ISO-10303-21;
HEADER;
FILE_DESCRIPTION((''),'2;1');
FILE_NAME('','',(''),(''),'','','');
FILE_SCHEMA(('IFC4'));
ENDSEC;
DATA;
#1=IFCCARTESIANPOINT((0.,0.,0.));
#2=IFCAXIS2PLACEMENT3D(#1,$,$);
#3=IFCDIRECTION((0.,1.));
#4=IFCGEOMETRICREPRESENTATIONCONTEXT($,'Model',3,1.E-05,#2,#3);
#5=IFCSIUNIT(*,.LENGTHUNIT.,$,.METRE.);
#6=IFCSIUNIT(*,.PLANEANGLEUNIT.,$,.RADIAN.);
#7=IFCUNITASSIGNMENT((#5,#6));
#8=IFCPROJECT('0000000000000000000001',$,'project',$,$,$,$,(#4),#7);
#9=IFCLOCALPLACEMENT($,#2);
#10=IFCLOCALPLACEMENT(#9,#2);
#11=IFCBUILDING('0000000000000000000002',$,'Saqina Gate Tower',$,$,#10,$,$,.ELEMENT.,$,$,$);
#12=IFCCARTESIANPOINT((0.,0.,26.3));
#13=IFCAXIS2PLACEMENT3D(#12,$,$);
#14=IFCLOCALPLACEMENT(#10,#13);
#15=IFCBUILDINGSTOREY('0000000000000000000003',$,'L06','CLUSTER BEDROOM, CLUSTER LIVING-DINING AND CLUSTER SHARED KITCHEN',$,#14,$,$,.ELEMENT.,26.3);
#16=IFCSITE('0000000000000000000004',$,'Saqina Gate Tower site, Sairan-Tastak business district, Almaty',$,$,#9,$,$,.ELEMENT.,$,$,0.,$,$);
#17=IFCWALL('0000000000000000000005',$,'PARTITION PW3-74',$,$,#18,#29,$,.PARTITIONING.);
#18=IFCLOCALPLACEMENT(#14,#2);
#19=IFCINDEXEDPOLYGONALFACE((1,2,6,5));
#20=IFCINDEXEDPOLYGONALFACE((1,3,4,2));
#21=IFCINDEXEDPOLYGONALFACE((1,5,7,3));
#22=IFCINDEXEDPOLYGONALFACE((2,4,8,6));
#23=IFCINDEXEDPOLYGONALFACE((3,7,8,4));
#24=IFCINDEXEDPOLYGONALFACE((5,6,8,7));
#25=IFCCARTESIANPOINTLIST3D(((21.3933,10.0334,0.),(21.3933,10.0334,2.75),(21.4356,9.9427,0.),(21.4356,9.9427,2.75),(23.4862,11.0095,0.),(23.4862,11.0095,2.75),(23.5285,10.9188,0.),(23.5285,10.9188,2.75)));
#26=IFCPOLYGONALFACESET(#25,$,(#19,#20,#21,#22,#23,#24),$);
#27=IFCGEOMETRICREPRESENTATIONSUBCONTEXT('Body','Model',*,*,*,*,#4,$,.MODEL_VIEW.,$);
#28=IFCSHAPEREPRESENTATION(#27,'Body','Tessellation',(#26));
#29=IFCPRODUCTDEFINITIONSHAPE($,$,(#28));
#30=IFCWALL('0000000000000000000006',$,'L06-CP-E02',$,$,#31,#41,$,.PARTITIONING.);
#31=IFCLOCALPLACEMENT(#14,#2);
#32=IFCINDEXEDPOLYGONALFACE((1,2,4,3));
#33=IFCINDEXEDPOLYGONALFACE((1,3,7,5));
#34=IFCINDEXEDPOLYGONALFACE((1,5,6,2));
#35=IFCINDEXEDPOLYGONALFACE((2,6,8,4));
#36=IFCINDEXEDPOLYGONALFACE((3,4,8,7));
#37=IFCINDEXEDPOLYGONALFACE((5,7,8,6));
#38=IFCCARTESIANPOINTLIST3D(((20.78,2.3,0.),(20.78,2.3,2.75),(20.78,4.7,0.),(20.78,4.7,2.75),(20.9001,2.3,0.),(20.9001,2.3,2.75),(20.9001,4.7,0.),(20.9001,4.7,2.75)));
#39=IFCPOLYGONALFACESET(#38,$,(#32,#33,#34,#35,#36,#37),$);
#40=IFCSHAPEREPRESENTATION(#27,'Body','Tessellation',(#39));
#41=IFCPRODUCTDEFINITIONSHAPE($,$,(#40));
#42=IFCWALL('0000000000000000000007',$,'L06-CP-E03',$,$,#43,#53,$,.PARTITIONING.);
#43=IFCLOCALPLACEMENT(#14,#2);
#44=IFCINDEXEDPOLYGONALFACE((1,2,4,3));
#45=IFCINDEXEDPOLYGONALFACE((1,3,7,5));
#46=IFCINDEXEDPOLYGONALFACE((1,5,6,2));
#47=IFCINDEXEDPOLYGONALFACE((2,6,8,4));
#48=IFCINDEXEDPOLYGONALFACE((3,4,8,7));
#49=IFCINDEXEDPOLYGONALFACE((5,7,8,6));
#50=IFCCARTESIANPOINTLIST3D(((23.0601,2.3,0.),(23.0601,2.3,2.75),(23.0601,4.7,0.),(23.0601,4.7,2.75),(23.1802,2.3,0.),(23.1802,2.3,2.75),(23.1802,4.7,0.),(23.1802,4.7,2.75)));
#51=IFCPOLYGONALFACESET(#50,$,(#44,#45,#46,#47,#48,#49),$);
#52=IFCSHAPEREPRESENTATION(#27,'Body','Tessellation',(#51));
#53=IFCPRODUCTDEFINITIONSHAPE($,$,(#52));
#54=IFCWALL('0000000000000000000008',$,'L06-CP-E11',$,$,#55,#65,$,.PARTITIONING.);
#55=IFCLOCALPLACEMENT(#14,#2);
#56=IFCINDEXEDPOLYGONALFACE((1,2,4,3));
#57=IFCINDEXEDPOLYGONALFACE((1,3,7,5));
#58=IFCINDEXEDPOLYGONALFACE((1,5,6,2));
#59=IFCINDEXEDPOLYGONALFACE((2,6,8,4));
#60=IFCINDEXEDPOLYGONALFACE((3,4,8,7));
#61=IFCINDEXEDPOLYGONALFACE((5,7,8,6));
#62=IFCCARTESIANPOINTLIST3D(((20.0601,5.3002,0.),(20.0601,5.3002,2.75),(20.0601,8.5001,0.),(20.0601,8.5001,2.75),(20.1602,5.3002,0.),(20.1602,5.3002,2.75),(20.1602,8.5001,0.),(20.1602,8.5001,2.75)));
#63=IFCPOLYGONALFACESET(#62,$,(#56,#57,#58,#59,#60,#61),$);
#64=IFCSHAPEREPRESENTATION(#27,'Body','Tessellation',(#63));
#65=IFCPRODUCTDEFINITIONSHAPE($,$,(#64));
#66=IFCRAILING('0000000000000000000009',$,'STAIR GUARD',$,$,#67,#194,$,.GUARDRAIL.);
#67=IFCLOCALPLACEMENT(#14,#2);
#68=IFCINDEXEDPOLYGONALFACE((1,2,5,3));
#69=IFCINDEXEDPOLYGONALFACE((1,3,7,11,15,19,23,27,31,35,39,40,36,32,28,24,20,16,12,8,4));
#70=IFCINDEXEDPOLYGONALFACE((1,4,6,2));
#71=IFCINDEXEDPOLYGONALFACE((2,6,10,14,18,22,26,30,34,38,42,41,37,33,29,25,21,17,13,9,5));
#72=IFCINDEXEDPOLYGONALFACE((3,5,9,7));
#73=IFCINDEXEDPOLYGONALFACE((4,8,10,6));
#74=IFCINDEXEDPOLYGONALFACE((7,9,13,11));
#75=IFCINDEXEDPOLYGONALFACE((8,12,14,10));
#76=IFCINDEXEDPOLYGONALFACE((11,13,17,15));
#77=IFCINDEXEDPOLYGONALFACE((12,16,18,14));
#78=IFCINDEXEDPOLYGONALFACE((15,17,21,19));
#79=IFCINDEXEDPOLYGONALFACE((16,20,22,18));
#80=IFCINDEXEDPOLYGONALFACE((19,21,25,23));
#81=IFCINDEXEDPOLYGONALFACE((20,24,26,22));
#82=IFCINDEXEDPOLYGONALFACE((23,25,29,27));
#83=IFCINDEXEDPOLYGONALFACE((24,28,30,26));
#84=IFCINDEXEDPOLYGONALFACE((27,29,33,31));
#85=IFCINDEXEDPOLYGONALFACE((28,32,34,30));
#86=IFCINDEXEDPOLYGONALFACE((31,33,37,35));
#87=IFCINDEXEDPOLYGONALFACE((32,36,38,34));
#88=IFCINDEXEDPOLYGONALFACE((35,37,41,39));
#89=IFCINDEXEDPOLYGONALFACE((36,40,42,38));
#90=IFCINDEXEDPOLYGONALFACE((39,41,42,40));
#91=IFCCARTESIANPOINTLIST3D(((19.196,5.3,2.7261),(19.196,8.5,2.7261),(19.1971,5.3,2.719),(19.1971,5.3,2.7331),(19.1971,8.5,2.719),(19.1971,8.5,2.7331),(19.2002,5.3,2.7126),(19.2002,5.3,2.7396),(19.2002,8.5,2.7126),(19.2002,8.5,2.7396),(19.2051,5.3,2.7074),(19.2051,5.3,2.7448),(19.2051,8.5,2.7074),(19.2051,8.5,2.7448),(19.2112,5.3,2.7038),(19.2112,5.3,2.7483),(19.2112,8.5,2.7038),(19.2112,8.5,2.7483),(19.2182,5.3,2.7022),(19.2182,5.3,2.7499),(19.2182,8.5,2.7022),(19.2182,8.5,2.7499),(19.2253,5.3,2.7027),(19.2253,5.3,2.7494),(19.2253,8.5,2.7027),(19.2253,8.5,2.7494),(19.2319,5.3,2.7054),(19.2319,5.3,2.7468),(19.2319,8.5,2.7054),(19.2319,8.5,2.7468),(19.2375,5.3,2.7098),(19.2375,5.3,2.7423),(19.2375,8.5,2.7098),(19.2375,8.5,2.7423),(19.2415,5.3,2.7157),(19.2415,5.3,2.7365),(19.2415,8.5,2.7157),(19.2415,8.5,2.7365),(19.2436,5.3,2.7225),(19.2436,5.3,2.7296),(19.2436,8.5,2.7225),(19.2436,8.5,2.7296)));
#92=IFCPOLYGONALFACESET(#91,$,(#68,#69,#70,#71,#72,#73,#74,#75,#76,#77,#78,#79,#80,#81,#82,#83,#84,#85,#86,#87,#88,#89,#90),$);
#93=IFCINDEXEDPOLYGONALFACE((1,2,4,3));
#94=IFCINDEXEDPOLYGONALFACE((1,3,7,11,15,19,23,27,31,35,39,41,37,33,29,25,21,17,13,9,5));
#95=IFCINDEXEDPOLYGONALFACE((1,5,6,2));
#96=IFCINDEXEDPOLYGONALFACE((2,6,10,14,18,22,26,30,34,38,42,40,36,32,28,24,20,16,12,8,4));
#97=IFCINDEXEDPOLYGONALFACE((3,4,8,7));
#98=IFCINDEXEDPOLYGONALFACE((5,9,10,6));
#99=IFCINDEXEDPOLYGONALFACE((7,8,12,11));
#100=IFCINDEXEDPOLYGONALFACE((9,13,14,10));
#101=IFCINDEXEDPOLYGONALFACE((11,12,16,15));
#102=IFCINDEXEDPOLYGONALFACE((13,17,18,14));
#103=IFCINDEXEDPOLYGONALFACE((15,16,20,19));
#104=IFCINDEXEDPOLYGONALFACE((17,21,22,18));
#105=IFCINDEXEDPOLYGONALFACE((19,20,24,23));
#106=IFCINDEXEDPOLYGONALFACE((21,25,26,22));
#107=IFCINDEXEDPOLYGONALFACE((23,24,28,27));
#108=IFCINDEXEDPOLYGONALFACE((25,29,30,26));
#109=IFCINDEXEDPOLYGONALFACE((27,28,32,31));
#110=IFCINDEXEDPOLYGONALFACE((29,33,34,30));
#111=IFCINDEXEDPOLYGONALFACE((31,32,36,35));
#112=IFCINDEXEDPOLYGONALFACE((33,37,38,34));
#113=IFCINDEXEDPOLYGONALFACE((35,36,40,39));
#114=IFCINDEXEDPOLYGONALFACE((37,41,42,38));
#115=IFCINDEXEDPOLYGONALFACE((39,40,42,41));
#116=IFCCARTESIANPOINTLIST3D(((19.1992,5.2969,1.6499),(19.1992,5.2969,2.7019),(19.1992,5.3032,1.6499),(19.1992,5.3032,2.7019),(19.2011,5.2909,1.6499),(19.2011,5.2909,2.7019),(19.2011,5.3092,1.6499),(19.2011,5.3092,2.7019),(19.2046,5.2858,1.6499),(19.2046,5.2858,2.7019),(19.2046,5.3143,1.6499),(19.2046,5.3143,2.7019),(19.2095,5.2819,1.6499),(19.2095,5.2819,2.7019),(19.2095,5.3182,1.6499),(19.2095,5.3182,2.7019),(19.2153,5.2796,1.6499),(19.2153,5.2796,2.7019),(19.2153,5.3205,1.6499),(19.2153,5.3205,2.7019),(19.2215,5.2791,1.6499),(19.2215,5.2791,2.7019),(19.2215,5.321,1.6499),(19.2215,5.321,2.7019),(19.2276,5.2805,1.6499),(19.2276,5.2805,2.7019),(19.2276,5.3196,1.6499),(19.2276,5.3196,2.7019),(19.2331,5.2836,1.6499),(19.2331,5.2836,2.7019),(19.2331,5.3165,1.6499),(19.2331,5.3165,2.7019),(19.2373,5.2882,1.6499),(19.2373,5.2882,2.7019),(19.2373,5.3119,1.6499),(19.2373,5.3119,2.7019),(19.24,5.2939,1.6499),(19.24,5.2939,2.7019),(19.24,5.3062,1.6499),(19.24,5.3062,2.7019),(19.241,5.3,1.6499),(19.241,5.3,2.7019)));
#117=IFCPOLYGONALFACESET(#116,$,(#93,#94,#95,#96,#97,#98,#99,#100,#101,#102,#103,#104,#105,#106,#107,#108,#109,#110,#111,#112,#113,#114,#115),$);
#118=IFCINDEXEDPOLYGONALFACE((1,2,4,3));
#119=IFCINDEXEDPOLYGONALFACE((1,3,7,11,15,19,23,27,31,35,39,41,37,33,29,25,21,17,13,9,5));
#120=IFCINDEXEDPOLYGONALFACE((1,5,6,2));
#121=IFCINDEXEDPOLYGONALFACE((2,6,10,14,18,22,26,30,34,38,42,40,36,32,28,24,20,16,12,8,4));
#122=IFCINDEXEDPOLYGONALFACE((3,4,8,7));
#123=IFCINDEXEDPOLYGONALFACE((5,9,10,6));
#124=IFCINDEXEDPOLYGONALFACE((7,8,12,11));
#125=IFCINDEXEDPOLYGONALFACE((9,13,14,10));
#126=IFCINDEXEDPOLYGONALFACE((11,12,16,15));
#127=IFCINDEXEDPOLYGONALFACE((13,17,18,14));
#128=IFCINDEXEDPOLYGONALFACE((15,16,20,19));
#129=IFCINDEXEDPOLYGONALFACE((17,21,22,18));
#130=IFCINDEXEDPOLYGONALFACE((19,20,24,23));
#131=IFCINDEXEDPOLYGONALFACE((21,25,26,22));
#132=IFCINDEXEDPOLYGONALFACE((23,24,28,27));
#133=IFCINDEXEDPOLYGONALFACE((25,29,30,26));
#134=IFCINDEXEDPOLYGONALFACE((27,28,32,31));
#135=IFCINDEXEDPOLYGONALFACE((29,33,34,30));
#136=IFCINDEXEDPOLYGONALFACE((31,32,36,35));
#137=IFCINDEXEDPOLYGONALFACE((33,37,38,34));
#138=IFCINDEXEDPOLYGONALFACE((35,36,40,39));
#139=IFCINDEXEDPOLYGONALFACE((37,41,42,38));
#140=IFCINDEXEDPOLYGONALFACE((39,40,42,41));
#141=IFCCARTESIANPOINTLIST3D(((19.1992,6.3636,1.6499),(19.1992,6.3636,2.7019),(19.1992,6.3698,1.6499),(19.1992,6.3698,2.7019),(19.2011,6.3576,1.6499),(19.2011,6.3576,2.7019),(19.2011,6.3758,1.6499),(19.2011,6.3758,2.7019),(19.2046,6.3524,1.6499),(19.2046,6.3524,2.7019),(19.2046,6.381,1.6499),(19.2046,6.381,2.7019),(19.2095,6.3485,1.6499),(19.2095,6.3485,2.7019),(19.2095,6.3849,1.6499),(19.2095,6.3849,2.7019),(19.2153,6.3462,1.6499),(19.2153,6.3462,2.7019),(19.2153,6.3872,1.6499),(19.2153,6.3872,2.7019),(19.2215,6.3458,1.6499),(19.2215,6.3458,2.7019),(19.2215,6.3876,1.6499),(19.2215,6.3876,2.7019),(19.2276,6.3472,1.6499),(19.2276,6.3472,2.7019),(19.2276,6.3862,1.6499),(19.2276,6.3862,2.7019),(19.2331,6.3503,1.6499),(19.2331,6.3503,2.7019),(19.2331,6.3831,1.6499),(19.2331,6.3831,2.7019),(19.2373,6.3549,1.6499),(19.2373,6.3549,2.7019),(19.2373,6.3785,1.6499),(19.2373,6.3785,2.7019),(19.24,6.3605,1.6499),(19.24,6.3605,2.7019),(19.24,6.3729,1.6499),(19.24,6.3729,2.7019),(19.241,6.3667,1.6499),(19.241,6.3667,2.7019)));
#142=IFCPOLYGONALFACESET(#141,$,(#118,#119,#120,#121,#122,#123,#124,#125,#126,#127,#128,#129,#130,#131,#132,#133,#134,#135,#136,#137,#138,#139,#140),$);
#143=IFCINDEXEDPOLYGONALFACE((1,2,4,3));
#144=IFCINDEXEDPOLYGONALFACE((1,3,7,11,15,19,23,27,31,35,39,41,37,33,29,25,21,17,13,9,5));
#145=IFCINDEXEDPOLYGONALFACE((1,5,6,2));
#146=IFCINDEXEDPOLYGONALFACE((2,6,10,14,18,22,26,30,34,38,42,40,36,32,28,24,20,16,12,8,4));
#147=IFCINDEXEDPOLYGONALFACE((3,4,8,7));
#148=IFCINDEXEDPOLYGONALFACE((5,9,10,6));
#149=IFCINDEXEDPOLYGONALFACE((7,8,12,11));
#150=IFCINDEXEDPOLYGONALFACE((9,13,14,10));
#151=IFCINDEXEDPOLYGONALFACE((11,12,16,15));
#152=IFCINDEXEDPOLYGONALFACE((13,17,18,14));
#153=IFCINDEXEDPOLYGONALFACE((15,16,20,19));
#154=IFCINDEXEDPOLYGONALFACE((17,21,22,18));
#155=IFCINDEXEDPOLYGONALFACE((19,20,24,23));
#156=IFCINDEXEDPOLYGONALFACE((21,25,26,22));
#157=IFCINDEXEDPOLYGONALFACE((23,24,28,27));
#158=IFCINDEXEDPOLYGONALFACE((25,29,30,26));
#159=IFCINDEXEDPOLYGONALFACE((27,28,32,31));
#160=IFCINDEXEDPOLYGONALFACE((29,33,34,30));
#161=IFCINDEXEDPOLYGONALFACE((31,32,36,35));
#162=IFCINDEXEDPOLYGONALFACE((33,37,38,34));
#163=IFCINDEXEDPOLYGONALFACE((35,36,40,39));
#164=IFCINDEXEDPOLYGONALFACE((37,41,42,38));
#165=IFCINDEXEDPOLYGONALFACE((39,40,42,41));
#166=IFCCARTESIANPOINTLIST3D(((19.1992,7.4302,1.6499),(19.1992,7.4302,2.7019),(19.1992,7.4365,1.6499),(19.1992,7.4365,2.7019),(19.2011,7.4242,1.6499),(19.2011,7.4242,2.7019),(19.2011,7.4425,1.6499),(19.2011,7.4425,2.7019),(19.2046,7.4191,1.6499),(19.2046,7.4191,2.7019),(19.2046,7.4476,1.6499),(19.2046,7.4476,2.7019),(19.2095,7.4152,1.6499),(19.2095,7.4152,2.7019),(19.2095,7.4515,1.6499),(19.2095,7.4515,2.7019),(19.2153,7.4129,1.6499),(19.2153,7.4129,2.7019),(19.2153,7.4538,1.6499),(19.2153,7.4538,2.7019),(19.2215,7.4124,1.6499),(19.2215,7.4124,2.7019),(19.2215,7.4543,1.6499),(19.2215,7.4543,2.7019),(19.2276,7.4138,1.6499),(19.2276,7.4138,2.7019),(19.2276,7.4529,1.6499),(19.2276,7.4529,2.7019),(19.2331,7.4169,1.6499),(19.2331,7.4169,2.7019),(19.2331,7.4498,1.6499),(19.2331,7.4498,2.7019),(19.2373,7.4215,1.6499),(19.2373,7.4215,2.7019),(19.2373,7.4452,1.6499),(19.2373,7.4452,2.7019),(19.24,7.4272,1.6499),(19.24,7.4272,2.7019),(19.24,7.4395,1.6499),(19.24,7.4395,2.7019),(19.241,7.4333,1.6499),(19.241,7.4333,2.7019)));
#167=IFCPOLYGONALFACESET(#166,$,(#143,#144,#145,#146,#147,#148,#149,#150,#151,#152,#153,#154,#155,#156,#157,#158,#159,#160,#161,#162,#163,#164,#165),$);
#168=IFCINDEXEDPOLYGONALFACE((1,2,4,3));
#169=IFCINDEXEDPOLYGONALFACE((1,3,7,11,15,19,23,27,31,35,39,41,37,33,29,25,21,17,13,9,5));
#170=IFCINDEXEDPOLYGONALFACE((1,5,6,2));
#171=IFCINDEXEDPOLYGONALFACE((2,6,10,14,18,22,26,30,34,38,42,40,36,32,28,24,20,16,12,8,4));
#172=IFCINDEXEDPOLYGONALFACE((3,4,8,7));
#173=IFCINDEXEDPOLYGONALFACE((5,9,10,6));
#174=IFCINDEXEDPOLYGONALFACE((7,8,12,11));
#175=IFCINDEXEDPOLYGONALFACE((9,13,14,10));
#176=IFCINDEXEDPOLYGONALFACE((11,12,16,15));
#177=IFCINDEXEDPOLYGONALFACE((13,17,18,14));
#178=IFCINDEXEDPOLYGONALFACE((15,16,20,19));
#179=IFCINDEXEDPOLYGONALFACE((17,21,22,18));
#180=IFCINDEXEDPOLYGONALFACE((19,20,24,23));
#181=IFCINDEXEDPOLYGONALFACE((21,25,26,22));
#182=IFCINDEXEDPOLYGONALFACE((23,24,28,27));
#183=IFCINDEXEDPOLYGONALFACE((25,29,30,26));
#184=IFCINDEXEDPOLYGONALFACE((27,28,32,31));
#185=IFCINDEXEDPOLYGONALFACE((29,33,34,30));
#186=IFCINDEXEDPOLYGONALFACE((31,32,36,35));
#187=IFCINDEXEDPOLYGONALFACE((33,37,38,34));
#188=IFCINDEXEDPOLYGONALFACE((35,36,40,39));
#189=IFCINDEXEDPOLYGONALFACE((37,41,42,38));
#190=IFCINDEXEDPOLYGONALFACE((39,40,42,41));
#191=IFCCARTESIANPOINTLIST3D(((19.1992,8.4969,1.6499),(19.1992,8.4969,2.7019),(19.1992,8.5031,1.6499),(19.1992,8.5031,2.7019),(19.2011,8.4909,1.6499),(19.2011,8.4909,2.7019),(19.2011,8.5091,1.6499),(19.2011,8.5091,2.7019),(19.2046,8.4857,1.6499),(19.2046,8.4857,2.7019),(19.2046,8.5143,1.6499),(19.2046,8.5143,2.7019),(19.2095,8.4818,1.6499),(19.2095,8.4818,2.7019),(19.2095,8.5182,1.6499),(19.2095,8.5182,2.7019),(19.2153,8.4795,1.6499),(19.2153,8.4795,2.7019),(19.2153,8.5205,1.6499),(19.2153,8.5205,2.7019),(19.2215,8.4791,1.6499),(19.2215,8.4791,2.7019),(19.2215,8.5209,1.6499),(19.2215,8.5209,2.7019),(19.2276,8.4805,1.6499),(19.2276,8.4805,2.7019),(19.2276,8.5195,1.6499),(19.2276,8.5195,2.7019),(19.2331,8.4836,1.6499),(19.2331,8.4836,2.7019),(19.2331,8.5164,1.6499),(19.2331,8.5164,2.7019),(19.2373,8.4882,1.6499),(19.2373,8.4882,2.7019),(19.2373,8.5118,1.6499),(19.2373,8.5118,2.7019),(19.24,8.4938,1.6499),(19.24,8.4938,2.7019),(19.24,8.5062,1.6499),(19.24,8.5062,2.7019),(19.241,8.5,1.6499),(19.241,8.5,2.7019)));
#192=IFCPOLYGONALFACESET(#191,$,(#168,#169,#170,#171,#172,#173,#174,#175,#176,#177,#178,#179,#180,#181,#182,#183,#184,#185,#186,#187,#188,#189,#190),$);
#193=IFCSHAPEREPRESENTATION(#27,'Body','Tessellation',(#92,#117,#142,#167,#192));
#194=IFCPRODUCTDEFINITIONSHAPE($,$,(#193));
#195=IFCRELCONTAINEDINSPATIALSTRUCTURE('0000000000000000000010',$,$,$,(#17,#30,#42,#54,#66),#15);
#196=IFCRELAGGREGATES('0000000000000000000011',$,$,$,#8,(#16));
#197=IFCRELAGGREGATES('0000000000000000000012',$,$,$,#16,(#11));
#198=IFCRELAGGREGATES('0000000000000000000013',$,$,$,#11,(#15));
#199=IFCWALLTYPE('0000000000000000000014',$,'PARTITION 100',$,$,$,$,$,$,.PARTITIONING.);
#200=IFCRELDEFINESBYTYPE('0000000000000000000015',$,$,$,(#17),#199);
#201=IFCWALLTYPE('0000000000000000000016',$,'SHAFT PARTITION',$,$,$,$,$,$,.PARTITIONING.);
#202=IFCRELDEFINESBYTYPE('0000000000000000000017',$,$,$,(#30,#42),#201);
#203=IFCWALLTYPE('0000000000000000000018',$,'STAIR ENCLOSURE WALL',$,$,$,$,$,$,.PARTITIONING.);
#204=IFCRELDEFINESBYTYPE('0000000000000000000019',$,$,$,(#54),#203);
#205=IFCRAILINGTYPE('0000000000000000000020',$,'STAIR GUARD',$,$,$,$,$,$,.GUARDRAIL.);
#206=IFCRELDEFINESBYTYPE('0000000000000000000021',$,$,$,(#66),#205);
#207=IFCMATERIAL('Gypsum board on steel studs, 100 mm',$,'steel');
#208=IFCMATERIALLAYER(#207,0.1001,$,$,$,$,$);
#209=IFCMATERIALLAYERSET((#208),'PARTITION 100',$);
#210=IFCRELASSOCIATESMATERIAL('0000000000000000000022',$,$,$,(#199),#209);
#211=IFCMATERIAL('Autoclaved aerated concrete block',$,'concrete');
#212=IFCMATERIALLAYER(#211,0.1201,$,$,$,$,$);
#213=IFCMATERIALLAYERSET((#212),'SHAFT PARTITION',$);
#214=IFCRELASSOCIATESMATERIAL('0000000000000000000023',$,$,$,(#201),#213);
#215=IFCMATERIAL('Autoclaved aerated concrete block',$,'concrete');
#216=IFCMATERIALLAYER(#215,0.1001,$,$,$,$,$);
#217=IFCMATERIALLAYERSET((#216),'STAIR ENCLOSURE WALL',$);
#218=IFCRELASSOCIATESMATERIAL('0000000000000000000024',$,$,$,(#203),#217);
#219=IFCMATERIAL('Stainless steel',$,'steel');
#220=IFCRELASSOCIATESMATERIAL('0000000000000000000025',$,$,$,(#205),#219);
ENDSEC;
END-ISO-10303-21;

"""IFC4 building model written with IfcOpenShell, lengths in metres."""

from ifc_helpers import new_model, si_unit, direction, frame, frame_2d, origin, origin_2d, place, context, subcontext, project, spatial, rectangle, circle, extrude, material, layer, layer_set, type_object, element, save


model = new_model("IFC4")

# Units and contexts
model_context = context("Model", 3, precision=1e-05, world=origin(), true_north=direction((0.0, 1.0)))
body_context = subcontext(model_context, "Body", "Model", "MODEL_VIEW")
ifc_project = project(units=[si_unit("LENGTHUNIT", "METRE"), si_unit("PLANEANGLEUNIT", "RADIAN")], contexts=[model_context])

# Site, building, storey
site_placement = place(None, origin())
site = spatial("IfcSite", under=ifc_project, at=site_placement, Name="Saqina Gate Tower site, Sairan-Tastak business district, Almaty", CompositionType="ELEMENT", RefElevation=0.0)
building_placement = place(site_placement, origin())
building = spatial("IfcBuilding", under=site, at=building_placement, Name="Saqina Gate Tower", CompositionType="ELEMENT")
storey_placement = place(building_placement, frame((0.0, 0.0, 26.3)))
storey = spatial("IfcBuildingStorey", under=building, at=storey_placement, Name="L06", Description="CLUSTER BEDROOM, CLUSTER LIVING-DINING AND CLUSTER SHARED KITCHEN", CompositionType="ELEMENT", Elevation=26.3)

# Walls
ifc_material_1 = material(Name="Gypsum board on steel studs, 100 mm", Category="steel")
ifc_layer_1 = layer(ifc_material_1, 0.1001)
ifc_layer_set_1 = layer_set([ifc_layer_1], Name="PARTITION 100")
wall_type_1 = type_object("IfcWallType", Name="PARTITION 100", PredefinedType="PARTITIONING", material=ifc_layer_set_1)
wall_1_placement = place(storey_placement, frame((21.4143, 9.988, 0.0), z_axis=(0.0, 0.0, 1.0), x_axis=(0.906294, 0.422648, 0.0)))
element("IfcWall", 1, at=wall_1_placement, inside=storey, type_object=wall_type_1, Name="PARTITION PW3-74", PredefinedType="PARTITIONING", context=body_context, shape_type="SweptSolid", body=[
    extrude(rectangle(XDim=2.3093, YDim=0.1001, at=frame_2d((1.1548, 0.0))), origin(), (0.0, 0.0, 1.0), 2.75),
])
ifc_material_2 = material(Name="Autoclaved aerated concrete block", Category="concrete")
ifc_layer_2 = layer(ifc_material_2, 0.1201)
ifc_layer_set_2 = layer_set([ifc_layer_2], Name="SHAFT PARTITION")
wall_type_2 = type_object("IfcWallType", Name="SHAFT PARTITION", PredefinedType="PARTITIONING", material=ifc_layer_set_2)
for number, where, z_axis, x_axis, name in (
    (2, (20.8401, 2.3, 0.0), (0.0, 0.0, 1.0), (0.0, 1.0, 0.0), "L06-CP-E02"),
    (3, (23.1201, 2.3, 0.0), (0.0, 0.0, 1.0), (0.0, 1.0, 0.0), "L06-CP-E03"),
):
    element("IfcWall", number, at=place(storey_placement, frame(where, z_axis=z_axis, x_axis=x_axis)), inside=storey, type_object=wall_type_2, Name=name, PredefinedType="PARTITIONING", context=body_context, shape_type="SweptSolid", body=[
        extrude(rectangle(XDim=2.3999, YDim=0.1201, at=frame_2d((1.2, 0.0))), origin(), (0.0, 0.0, 1.0), 2.75),
    ])
ifc_material_3 = material(Name="Autoclaved aerated concrete block", Category="concrete")
ifc_layer_3 = layer(ifc_material_3, 0.1001)
ifc_layer_set_3 = layer_set([ifc_layer_3], Name="STAIR ENCLOSURE WALL")
wall_type_3 = type_object("IfcWallType", Name="STAIR ENCLOSURE WALL", PredefinedType="PARTITIONING", material=ifc_layer_set_3)
wall_2_placement = place(storey_placement, frame((20.1101, 5.3, 0.0), z_axis=(0.0, 0.0, 1.0), x_axis=(0.0, 1.0, 0.0)))
element("IfcWall", 4, at=wall_2_placement, inside=storey, type_object=wall_type_3, Name="L06-CP-E11", PredefinedType="PARTITIONING", context=body_context, shape_type="SweptSolid", body=[
    extrude(rectangle(XDim=3.2, YDim=0.1001, at=frame_2d((1.6001, 0.0))), origin(), (0.0, 0.0, 1.0), 2.75),
])

# Railing
ifc_material_4 = material(Name="Stainless steel", Category="steel")
railing_type = type_object("IfcRailingType", Name="STAIR GUARD", PredefinedType="GUARDRAIL", material=ifc_material_4)
railing_placement = place(storey_placement, frame((19.22, 5.3, 1.6499)))
element("IfcRailing", 5, at=railing_placement, inside=storey, type_object=railing_type, Name="STAIR GUARD", PredefinedType="GUARDRAIL", context=body_context, shape_type="SweptSolid", body=[
    extrude(circle(Radius=0.0239, at=origin_2d()), frame((0.0, 0.0, 1.0762), z_axis=(0.0, 1.0, 0.0), x_axis=(-1.0, 0.0, 0.0)), (0.0, 0.0, 1.0), 3.2),
    extrude(circle(Radius=0.021, at=origin_2d()), origin(), (0.0, 0.0, 1.0), 1.052),
    extrude(circle(Radius=0.021, at=origin_2d()), frame((0.0, 1.0667, 0.0)), (0.0, 0.0, 1.0), 1.052),
    extrude(circle(Radius=0.021, at=origin_2d()), frame((0.0, 2.1333, 0.0)), (0.0, 0.0, 1.0), 1.052),
    extrude(circle(Radius=0.021, at=origin_2d()), frame((0.0, 3.2, 0.0)), (0.0, 0.0, 1.0), 1.052),
])

save(model, "model.ifc")
